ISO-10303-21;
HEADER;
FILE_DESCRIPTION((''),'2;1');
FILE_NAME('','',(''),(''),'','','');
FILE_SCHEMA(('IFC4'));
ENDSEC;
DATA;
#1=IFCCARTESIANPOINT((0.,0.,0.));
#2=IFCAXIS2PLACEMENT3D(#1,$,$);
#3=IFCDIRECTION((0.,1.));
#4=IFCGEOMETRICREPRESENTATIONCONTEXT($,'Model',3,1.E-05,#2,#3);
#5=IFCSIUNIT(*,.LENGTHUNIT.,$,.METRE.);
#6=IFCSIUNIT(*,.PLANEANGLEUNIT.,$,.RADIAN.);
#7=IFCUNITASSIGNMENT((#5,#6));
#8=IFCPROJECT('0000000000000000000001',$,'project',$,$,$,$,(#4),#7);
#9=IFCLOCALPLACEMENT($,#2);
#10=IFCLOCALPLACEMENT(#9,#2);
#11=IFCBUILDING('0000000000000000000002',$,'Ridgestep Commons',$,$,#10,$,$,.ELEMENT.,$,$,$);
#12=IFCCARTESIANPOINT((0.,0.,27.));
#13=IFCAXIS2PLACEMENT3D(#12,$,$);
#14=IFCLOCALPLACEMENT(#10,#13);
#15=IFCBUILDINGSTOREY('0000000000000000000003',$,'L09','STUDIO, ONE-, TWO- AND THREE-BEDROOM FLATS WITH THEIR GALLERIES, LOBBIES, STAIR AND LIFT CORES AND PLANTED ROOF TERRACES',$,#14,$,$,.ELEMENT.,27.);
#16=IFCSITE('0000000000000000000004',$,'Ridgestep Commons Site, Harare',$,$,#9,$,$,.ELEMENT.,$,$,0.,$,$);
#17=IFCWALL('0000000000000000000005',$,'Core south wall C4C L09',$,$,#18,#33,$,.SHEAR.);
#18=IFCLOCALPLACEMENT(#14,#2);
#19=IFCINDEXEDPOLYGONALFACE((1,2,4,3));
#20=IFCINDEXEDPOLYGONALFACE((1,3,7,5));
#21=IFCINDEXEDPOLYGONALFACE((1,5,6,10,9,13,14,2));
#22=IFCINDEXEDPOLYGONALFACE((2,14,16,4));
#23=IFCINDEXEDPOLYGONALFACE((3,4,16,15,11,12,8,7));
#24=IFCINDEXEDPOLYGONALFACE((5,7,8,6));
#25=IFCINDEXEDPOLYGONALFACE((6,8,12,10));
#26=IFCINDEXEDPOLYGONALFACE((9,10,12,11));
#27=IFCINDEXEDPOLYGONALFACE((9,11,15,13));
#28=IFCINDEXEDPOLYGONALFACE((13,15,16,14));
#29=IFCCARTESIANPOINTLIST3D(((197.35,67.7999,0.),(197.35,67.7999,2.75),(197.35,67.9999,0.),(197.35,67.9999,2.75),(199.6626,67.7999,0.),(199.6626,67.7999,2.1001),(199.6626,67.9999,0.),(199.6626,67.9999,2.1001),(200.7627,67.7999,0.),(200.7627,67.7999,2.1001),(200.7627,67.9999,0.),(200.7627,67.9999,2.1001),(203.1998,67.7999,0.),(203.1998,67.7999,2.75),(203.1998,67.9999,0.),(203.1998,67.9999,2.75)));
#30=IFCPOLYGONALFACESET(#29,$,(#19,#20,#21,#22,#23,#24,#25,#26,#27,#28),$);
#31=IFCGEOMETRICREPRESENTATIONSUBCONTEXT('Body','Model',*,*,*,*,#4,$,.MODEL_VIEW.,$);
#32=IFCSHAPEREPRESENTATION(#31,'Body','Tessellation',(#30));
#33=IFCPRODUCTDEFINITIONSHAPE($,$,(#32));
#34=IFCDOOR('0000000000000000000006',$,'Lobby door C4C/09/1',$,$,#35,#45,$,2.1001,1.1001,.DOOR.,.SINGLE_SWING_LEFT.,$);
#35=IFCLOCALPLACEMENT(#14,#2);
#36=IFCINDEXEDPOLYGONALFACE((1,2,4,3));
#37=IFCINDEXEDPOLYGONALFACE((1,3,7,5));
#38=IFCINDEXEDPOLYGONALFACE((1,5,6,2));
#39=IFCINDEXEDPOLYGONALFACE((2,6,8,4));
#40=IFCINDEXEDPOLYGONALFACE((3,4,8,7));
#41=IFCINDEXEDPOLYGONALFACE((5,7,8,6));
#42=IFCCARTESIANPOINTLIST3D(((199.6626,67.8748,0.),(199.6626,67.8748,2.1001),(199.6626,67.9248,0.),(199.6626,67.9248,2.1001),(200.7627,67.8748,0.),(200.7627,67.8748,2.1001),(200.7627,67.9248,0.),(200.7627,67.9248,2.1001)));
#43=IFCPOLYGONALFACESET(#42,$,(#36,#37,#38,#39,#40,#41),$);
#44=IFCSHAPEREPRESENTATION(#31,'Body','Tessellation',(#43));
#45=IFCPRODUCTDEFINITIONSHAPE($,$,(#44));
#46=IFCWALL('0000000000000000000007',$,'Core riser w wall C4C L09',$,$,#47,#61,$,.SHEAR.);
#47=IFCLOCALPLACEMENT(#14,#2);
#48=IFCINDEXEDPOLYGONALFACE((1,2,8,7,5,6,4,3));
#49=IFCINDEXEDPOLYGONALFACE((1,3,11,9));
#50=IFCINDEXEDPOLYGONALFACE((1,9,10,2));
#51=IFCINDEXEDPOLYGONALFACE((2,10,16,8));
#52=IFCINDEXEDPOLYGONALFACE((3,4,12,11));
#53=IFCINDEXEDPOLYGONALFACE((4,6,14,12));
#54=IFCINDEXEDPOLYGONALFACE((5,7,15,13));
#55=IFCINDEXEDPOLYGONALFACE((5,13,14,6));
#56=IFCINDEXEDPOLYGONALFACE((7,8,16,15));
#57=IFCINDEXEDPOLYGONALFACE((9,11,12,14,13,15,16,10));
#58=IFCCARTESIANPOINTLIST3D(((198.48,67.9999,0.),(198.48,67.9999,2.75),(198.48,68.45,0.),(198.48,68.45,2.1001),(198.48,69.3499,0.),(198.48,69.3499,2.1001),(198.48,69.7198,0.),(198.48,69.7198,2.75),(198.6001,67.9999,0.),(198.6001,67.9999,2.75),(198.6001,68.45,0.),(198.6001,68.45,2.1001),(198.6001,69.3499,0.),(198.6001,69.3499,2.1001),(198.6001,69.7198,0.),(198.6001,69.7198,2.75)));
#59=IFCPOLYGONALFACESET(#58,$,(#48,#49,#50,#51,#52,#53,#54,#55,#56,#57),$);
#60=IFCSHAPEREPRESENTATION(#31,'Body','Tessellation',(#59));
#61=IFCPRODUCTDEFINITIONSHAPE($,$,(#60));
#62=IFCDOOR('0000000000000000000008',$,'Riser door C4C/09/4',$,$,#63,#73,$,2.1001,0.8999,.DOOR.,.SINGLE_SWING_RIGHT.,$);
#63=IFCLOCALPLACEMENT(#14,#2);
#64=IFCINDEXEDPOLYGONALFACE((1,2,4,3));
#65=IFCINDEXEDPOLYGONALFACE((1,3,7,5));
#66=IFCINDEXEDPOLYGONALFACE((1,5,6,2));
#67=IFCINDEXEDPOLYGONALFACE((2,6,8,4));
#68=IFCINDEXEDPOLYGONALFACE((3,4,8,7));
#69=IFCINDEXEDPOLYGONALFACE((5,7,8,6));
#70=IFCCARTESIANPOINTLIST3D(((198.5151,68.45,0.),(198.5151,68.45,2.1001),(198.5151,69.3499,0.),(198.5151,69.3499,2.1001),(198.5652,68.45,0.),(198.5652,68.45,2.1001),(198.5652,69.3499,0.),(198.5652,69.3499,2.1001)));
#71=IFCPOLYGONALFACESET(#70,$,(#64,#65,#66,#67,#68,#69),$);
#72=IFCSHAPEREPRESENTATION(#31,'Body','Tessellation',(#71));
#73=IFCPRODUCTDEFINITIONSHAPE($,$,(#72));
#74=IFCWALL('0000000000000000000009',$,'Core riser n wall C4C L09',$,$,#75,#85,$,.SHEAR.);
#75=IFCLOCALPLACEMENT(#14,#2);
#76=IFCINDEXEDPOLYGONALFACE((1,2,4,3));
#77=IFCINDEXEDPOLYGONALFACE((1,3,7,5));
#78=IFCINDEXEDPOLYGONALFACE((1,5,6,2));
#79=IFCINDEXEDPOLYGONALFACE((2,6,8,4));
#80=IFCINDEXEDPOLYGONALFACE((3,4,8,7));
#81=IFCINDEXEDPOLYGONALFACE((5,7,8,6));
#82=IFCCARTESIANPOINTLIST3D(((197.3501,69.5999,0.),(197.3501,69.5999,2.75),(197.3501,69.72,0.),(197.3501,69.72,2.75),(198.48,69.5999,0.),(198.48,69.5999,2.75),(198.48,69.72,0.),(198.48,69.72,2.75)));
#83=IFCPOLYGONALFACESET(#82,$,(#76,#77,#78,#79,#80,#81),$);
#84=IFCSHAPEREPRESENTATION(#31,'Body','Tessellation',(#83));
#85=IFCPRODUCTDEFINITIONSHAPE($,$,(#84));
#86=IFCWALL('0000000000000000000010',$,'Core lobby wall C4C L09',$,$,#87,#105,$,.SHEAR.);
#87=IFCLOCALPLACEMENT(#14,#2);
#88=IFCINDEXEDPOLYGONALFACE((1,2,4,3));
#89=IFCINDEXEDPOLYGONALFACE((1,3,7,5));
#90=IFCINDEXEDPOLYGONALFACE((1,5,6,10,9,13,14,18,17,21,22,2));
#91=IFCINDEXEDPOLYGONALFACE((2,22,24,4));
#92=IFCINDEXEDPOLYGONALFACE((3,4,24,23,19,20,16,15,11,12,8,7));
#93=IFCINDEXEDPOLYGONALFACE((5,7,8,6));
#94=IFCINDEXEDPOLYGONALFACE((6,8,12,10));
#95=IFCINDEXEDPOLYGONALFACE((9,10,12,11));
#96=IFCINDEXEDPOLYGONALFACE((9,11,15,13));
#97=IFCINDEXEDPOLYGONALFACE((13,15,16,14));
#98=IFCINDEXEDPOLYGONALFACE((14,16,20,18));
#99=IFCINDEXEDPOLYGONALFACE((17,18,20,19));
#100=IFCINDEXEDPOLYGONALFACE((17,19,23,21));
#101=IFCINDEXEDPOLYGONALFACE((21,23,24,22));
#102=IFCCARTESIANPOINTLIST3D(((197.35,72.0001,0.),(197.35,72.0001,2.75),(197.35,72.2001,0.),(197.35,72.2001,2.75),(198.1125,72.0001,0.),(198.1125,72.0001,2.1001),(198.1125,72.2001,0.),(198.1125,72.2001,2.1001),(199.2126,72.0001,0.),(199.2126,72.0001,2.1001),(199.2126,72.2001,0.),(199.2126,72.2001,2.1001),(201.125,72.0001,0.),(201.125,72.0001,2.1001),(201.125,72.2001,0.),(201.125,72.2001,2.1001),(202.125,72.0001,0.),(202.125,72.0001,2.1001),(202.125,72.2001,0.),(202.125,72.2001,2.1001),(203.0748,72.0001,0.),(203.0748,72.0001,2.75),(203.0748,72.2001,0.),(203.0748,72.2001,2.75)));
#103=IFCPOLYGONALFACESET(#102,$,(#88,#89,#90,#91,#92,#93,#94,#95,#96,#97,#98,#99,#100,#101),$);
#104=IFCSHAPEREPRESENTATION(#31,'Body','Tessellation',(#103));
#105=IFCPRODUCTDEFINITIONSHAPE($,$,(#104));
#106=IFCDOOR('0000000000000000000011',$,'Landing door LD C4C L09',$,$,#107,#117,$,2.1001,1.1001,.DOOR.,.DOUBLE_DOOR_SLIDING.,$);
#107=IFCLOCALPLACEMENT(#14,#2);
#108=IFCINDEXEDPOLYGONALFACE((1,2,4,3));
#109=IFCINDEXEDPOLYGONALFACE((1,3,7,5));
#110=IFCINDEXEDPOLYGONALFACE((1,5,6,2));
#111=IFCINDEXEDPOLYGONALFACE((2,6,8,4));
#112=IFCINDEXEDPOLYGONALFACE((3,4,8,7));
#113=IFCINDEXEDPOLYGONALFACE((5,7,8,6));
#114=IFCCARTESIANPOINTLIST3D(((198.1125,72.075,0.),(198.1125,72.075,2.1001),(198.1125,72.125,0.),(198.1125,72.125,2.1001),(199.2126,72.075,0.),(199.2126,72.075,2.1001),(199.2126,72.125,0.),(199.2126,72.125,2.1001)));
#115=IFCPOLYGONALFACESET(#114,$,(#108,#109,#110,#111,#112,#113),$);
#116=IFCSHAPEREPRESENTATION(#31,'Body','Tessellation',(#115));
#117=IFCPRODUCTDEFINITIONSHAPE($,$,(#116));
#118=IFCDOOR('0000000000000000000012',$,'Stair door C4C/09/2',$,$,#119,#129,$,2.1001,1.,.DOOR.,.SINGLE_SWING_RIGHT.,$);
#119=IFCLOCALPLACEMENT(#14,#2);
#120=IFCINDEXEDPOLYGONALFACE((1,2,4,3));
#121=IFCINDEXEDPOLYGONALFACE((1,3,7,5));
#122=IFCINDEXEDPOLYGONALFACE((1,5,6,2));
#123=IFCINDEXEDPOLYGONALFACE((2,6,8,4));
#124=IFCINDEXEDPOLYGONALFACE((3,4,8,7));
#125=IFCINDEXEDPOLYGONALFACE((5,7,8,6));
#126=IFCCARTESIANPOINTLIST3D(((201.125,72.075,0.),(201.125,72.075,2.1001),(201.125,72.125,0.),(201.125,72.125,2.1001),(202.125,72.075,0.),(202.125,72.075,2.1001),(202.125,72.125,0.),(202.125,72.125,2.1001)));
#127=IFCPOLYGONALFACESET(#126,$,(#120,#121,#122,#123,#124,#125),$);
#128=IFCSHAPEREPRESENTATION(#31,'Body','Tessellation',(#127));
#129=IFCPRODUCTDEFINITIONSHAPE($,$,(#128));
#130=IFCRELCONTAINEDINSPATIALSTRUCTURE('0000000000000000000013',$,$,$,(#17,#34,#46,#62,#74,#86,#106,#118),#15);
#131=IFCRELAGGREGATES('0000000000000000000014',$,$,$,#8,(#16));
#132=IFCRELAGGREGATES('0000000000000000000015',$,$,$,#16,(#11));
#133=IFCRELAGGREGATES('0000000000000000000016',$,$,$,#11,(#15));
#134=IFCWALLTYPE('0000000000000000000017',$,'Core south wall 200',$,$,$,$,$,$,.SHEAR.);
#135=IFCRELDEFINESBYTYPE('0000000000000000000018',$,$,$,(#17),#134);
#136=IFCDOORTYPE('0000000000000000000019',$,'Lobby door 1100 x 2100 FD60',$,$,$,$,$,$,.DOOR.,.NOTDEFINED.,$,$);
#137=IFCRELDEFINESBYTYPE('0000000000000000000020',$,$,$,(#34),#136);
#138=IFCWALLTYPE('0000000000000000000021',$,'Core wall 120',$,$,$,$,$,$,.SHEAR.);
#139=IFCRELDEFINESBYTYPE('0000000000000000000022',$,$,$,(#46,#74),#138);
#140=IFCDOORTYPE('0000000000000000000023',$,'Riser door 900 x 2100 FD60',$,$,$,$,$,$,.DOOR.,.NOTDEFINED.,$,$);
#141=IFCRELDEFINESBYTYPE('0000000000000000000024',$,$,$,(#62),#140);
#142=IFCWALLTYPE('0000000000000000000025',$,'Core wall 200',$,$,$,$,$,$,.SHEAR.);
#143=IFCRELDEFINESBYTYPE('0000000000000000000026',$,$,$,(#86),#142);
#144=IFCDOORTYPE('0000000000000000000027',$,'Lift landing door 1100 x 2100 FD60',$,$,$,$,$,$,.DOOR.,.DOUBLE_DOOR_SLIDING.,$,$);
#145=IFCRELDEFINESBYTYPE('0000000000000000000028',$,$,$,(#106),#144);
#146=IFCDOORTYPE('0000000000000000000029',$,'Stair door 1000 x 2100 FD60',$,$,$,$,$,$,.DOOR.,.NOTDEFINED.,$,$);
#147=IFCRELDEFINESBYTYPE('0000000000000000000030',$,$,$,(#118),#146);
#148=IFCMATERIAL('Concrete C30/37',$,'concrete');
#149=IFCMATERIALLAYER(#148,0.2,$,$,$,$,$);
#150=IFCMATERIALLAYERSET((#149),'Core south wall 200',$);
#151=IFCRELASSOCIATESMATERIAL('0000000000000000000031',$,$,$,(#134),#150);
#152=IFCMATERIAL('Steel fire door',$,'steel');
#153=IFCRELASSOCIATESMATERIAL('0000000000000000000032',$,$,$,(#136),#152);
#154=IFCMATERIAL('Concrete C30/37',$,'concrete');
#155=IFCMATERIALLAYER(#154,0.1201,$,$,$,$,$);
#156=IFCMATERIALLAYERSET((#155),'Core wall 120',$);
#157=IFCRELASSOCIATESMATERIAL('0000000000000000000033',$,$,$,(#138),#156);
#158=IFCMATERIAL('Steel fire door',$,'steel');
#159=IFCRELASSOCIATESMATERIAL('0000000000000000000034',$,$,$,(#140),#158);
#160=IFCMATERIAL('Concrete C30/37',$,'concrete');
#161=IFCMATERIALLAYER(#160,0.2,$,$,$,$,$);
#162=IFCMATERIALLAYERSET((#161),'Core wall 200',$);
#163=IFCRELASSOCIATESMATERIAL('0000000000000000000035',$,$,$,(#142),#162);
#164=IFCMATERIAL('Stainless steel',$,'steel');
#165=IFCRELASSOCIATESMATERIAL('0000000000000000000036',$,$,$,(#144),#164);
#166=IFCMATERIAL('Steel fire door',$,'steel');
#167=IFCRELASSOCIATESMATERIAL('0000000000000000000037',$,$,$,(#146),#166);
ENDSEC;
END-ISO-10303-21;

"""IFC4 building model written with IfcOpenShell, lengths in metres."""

from ifc_helpers import new_model, si_unit, direction, frame, frame_2d, origin, place, context, subcontext, project, spatial, rectangle, extrude, material, layer, layer_set, type_object, element, fill, save


model = new_model("IFC4")

# Units and contexts
model_context = context("Model", 3, precision=1e-05, world=origin(), true_north=direction((0.0, 1.0)))
body_context = subcontext(model_context, "Body", "Model", "MODEL_VIEW")
ifc_project = project(units=[si_unit("LENGTHUNIT", "METRE"), si_unit("PLANEANGLEUNIT", "RADIAN")], contexts=[model_context])

# Site, building, storey
site_placement = place(None, origin())
site = spatial("IfcSite", under=ifc_project, at=site_placement, Name="Ridgestep Commons Site, Harare", CompositionType="ELEMENT", RefElevation=0.0)
building_placement = place(site_placement, origin())
building = spatial("IfcBuilding", under=site, at=building_placement, Name="Ridgestep Commons", CompositionType="ELEMENT")
storey_placement = place(building_placement, frame((0.0, 0.0, 27.0)))
storey = spatial("IfcBuildingStorey", under=building, at=storey_placement, Name="L09", Description="STUDIO, ONE-, TWO- AND THREE-BEDROOM FLATS WITH THEIR GALLERIES, LOBBIES, STAIR AND LIFT CORES AND PLANTED ROOF TERRACES", CompositionType="ELEMENT", Elevation=27.0)

# Walls, openings, doors
ifc_material_1 = material(Name="Concrete C30/37", Category="concrete")
ifc_layer_1 = layer(ifc_material_1, 0.2)
ifc_layer_set_1 = layer_set([ifc_layer_1], Name="Core south wall 200")
wall_type_1 = type_object("IfcWallType", Name="Core south wall 200", PredefinedType="SHEAR", material=ifc_layer_set_1)
wall_1_placement = place(storey_placement, frame((197.3501, 67.8999, 0.0), z_axis=(0.0, 0.0, 1.0), x_axis=(1.0, 0.0, 0.0)))
wall_1 = element("IfcWall", 1, at=wall_1_placement, inside=storey, type_object=wall_type_1, Name="Core south wall C4C L09", PredefinedType="SHEAR", context=body_context, shape_type="SweptSolid", body=[
    extrude(rectangle(XDim=5.8499, YDim=0.2, at=frame_2d((2.9248, 0.0))), origin(), (0.0, 0.0, 1.0), 2.75),
])
opening_1_placement = place(wall_1_placement, frame((2.3125, 0.0, 0.0)))
opening_1 = element("IfcOpeningElement", 2, at=opening_1_placement, cuts=wall_1, PredefinedType="OPENING", context=body_context, shape_type="SweptSolid", body=[
    extrude(rectangle(XDim=1.1001, YDim=2.1001, at=frame_2d((0.55, 1.05))), frame((0.0, 0.1099, 0.0), z_axis=(0.0, -1.0, 0.0), x_axis=(1.0, 0.0, 0.0)), (0.0, 0.0, 1.0), 0.22),
])
ifc_material_2 = material(Name="Steel fire door", Category="steel")
door_type_1 = type_object("IfcDoorType", Name="Lobby door 1100 x 2100 FD60", OperationType="NOTDEFINED", PredefinedType="DOOR", material=ifc_material_2)
door_1_placement = place(opening_1_placement, origin())
door_1 = element("IfcDoor", 3, at=door_1_placement, inside=storey, type_object=door_type_1, Name="Lobby door C4C/09/1", OperationType="SINGLE_SWING_LEFT", OverallHeight=2.1001, OverallWidth=1.1001, PredefinedType="DOOR", context=body_context, shape_type="SweptSolid", body=[
    extrude(rectangle(XDim=1.1001, YDim=2.1001, at=frame_2d((0.55, 1.05))), frame((0.0, 0.0249, 0.0), z_axis=(0.0, -1.0, 0.0), x_axis=(1.0, 0.0, 0.0)), (0.0, 0.0, 1.0), 0.05),
])
fill(opening_1, door_1)
ifc_material_3 = material(Name="Concrete C30/37", Category="concrete")
ifc_layer_2 = layer(ifc_material_3, 0.1201)
ifc_layer_set_2 = layer_set([ifc_layer_2], Name="Core wall 120")
wall_type_2 = type_object("IfcWallType", Name="Core wall 120", PredefinedType="SHEAR", material=ifc_layer_set_2)
wall_2_placement = place(storey_placement, frame((198.54, 68.0, 0.0), z_axis=(0.0, 0.0, 1.0), x_axis=(0.0, 1.0, 0.0)))
wall_2 = element("IfcWall", 4, at=wall_2_placement, inside=storey, type_object=wall_type_2, Name="Core riser w wall C4C L09", PredefinedType="SHEAR", context=body_context, shape_type="SweptSolid", body=[
    extrude(rectangle(XDim=1.72, YDim=0.1201, at=frame_2d((0.8599, 0.0))), origin(), (0.0, 0.0, 1.0), 2.75),
])
opening_2_placement = place(wall_2_placement, frame((0.45, 0.0, 0.0)))
opening_2 = element("IfcOpeningElement", 5, at=opening_2_placement, cuts=wall_2, PredefinedType="OPENING", context=body_context, shape_type="SweptSolid", body=[
    extrude(rectangle(XDim=0.8999, YDim=2.1001, at=frame_2d((0.45, 1.05))), frame((0.0, 0.0701, 0.0), z_axis=(0.0, -1.0, 0.0), x_axis=(1.0, 0.0, 0.0)), (0.0, 0.0, 1.0), 0.1401),
])
ifc_material_4 = material(Name="Steel fire door", Category="steel")
door_type_2 = type_object("IfcDoorType", Name="Riser door 900 x 2100 FD60", OperationType="NOTDEFINED", PredefinedType="DOOR", material=ifc_material_4)
door_2_placement = place(opening_2_placement, origin())
door_2 = element("IfcDoor", 6, at=door_2_placement, inside=storey, type_object=door_type_2, Name="Riser door C4C/09/4", OperationType="SINGLE_SWING_RIGHT", OverallHeight=2.1001, OverallWidth=0.8999, PredefinedType="DOOR", context=body_context, shape_type="SweptSolid", body=[
    extrude(rectangle(XDim=0.8999, YDim=2.1001, at=frame_2d((0.45, 1.05))), frame((0.0, 0.0249, 0.0), z_axis=(0.0, -1.0, 0.0), x_axis=(1.0, 0.0, 0.0)), (0.0, 0.0, 1.0), 0.05),
])
fill(opening_2, door_2)

# Wall
wall_3_placement = place(storey_placement, frame((197.3501, 69.6599, 0.0), z_axis=(0.0, 0.0, 1.0), x_axis=(1.0, 0.0, 0.0)))
element("IfcWall", 7, at=wall_3_placement, inside=storey, type_object=wall_type_2, Name="Core riser n wall C4C L09", PredefinedType="SHEAR", context=body_context, shape_type="SweptSolid", body=[
    extrude(rectangle(XDim=1.1299, YDim=0.1201, at=frame_2d((0.5649, 0.0))), origin(), (0.0, 0.0, 1.0), 2.75),
])

# Wall, openings, doors
ifc_material_5 = material(Name="Concrete C30/37", Category="concrete")
ifc_layer_3 = layer(ifc_material_5, 0.2)
ifc_layer_set_3 = layer_set([ifc_layer_3], Name="Core wall 200")
wall_type_3 = type_object("IfcWallType", Name="Core wall 200", PredefinedType="SHEAR", material=ifc_layer_set_3)
wall_4_placement = place(storey_placement, frame((197.3501, 72.1001, 0.0), z_axis=(0.0, 0.0, 1.0), x_axis=(1.0, 0.0, 0.0)))
wall_4 = element("IfcWall", 8, at=wall_4_placement, inside=storey, type_object=wall_type_3, Name="Core lobby wall C4C L09", PredefinedType="SHEAR", context=body_context, shape_type="SweptSolid", body=[
    extrude(rectangle(XDim=5.7249, YDim=0.2, at=frame_2d((2.8623, 0.0))), origin(), (0.0, 0.0, 1.0), 2.75),
])
opening_3_placement = place(wall_4_placement, frame((3.7749, 0.0, 0.0)))
opening_3 = element("IfcOpeningElement", 9, at=opening_3_placement, cuts=wall_4, PredefinedType="OPENING", context=body_context, shape_type="SweptSolid", body=[
    extrude(rectangle(XDim=1.0, YDim=2.1001, at=frame_2d((0.5, 1.05))), frame((0.0, 0.1099, 0.0), z_axis=(0.0, -1.0, 0.0), x_axis=(1.0, 0.0, 0.0)), (0.0, 0.0, 1.0), 0.22),
])
opening_4_placement = place(wall_4_placement, frame((0.7625, 0.0, 0.0)))
opening_4 = element("IfcOpeningElement", 10, at=opening_4_placement, cuts=wall_4, PredefinedType="OPENING", context=body_context, shape_type="SweptSolid", body=[
    extrude(rectangle(XDim=1.1001, YDim=2.1001, at=frame_2d((0.55, 1.05))), frame((0.0, 0.1099, 0.0), z_axis=(0.0, -1.0, 0.0), x_axis=(1.0, 0.0, 0.0)), (0.0, 0.0, 1.0), 0.22),
])
ifc_material_6 = material(Name="Stainless steel", Category="steel")
door_type_3 = type_object("IfcDoorType", Name="Lift landing door 1100 x 2100 FD60", OperationType="DOUBLE_DOOR_SLIDING", PredefinedType="DOOR", material=ifc_material_6)
door_3_placement = place(opening_4_placement, origin())
door_3 = element("IfcDoor", 11, at=door_3_placement, inside=storey, type_object=door_type_3, Name="Landing door LD C4C L09", OperationType="DOUBLE_DOOR_SLIDING", OverallHeight=2.1001, OverallWidth=1.1001, PredefinedType="DOOR", context=body_context, shape_type="SweptSolid", body=[
    extrude(rectangle(XDim=1.1001, YDim=2.1001, at=frame_2d((0.55, 1.05))), frame((0.0, 0.0249, 0.0), z_axis=(0.0, -1.0, 0.0), x_axis=(1.0, 0.0, 0.0)), (0.0, 0.0, 1.0), 0.05),
])
fill(opening_4, door_3)
ifc_material_7 = material(Name="Steel fire door", Category="steel")
door_type_4 = type_object("IfcDoorType", Name="Stair door 1000 x 2100 FD60", OperationType="NOTDEFINED", PredefinedType="DOOR", material=ifc_material_7)
door_4_placement = place(opening_3_placement, origin())
door_4 = element("IfcDoor", 12, at=door_4_placement, inside=storey, type_object=door_type_4, Name="Stair door C4C/09/2", OperationType="SINGLE_SWING_RIGHT", OverallHeight=2.1001, OverallWidth=1.0, PredefinedType="DOOR", context=body_context, shape_type="SweptSolid", body=[
    extrude(rectangle(XDim=1.0, YDim=2.1001, at=frame_2d((0.5, 1.05))), frame((0.0, 0.0249, 0.0), z_axis=(0.0, -1.0, 0.0), x_axis=(1.0, 0.0, 0.0)), (0.0, 0.0, 1.0), 0.05),
])
fill(opening_3, door_4)

save(model, "model.ifc")
